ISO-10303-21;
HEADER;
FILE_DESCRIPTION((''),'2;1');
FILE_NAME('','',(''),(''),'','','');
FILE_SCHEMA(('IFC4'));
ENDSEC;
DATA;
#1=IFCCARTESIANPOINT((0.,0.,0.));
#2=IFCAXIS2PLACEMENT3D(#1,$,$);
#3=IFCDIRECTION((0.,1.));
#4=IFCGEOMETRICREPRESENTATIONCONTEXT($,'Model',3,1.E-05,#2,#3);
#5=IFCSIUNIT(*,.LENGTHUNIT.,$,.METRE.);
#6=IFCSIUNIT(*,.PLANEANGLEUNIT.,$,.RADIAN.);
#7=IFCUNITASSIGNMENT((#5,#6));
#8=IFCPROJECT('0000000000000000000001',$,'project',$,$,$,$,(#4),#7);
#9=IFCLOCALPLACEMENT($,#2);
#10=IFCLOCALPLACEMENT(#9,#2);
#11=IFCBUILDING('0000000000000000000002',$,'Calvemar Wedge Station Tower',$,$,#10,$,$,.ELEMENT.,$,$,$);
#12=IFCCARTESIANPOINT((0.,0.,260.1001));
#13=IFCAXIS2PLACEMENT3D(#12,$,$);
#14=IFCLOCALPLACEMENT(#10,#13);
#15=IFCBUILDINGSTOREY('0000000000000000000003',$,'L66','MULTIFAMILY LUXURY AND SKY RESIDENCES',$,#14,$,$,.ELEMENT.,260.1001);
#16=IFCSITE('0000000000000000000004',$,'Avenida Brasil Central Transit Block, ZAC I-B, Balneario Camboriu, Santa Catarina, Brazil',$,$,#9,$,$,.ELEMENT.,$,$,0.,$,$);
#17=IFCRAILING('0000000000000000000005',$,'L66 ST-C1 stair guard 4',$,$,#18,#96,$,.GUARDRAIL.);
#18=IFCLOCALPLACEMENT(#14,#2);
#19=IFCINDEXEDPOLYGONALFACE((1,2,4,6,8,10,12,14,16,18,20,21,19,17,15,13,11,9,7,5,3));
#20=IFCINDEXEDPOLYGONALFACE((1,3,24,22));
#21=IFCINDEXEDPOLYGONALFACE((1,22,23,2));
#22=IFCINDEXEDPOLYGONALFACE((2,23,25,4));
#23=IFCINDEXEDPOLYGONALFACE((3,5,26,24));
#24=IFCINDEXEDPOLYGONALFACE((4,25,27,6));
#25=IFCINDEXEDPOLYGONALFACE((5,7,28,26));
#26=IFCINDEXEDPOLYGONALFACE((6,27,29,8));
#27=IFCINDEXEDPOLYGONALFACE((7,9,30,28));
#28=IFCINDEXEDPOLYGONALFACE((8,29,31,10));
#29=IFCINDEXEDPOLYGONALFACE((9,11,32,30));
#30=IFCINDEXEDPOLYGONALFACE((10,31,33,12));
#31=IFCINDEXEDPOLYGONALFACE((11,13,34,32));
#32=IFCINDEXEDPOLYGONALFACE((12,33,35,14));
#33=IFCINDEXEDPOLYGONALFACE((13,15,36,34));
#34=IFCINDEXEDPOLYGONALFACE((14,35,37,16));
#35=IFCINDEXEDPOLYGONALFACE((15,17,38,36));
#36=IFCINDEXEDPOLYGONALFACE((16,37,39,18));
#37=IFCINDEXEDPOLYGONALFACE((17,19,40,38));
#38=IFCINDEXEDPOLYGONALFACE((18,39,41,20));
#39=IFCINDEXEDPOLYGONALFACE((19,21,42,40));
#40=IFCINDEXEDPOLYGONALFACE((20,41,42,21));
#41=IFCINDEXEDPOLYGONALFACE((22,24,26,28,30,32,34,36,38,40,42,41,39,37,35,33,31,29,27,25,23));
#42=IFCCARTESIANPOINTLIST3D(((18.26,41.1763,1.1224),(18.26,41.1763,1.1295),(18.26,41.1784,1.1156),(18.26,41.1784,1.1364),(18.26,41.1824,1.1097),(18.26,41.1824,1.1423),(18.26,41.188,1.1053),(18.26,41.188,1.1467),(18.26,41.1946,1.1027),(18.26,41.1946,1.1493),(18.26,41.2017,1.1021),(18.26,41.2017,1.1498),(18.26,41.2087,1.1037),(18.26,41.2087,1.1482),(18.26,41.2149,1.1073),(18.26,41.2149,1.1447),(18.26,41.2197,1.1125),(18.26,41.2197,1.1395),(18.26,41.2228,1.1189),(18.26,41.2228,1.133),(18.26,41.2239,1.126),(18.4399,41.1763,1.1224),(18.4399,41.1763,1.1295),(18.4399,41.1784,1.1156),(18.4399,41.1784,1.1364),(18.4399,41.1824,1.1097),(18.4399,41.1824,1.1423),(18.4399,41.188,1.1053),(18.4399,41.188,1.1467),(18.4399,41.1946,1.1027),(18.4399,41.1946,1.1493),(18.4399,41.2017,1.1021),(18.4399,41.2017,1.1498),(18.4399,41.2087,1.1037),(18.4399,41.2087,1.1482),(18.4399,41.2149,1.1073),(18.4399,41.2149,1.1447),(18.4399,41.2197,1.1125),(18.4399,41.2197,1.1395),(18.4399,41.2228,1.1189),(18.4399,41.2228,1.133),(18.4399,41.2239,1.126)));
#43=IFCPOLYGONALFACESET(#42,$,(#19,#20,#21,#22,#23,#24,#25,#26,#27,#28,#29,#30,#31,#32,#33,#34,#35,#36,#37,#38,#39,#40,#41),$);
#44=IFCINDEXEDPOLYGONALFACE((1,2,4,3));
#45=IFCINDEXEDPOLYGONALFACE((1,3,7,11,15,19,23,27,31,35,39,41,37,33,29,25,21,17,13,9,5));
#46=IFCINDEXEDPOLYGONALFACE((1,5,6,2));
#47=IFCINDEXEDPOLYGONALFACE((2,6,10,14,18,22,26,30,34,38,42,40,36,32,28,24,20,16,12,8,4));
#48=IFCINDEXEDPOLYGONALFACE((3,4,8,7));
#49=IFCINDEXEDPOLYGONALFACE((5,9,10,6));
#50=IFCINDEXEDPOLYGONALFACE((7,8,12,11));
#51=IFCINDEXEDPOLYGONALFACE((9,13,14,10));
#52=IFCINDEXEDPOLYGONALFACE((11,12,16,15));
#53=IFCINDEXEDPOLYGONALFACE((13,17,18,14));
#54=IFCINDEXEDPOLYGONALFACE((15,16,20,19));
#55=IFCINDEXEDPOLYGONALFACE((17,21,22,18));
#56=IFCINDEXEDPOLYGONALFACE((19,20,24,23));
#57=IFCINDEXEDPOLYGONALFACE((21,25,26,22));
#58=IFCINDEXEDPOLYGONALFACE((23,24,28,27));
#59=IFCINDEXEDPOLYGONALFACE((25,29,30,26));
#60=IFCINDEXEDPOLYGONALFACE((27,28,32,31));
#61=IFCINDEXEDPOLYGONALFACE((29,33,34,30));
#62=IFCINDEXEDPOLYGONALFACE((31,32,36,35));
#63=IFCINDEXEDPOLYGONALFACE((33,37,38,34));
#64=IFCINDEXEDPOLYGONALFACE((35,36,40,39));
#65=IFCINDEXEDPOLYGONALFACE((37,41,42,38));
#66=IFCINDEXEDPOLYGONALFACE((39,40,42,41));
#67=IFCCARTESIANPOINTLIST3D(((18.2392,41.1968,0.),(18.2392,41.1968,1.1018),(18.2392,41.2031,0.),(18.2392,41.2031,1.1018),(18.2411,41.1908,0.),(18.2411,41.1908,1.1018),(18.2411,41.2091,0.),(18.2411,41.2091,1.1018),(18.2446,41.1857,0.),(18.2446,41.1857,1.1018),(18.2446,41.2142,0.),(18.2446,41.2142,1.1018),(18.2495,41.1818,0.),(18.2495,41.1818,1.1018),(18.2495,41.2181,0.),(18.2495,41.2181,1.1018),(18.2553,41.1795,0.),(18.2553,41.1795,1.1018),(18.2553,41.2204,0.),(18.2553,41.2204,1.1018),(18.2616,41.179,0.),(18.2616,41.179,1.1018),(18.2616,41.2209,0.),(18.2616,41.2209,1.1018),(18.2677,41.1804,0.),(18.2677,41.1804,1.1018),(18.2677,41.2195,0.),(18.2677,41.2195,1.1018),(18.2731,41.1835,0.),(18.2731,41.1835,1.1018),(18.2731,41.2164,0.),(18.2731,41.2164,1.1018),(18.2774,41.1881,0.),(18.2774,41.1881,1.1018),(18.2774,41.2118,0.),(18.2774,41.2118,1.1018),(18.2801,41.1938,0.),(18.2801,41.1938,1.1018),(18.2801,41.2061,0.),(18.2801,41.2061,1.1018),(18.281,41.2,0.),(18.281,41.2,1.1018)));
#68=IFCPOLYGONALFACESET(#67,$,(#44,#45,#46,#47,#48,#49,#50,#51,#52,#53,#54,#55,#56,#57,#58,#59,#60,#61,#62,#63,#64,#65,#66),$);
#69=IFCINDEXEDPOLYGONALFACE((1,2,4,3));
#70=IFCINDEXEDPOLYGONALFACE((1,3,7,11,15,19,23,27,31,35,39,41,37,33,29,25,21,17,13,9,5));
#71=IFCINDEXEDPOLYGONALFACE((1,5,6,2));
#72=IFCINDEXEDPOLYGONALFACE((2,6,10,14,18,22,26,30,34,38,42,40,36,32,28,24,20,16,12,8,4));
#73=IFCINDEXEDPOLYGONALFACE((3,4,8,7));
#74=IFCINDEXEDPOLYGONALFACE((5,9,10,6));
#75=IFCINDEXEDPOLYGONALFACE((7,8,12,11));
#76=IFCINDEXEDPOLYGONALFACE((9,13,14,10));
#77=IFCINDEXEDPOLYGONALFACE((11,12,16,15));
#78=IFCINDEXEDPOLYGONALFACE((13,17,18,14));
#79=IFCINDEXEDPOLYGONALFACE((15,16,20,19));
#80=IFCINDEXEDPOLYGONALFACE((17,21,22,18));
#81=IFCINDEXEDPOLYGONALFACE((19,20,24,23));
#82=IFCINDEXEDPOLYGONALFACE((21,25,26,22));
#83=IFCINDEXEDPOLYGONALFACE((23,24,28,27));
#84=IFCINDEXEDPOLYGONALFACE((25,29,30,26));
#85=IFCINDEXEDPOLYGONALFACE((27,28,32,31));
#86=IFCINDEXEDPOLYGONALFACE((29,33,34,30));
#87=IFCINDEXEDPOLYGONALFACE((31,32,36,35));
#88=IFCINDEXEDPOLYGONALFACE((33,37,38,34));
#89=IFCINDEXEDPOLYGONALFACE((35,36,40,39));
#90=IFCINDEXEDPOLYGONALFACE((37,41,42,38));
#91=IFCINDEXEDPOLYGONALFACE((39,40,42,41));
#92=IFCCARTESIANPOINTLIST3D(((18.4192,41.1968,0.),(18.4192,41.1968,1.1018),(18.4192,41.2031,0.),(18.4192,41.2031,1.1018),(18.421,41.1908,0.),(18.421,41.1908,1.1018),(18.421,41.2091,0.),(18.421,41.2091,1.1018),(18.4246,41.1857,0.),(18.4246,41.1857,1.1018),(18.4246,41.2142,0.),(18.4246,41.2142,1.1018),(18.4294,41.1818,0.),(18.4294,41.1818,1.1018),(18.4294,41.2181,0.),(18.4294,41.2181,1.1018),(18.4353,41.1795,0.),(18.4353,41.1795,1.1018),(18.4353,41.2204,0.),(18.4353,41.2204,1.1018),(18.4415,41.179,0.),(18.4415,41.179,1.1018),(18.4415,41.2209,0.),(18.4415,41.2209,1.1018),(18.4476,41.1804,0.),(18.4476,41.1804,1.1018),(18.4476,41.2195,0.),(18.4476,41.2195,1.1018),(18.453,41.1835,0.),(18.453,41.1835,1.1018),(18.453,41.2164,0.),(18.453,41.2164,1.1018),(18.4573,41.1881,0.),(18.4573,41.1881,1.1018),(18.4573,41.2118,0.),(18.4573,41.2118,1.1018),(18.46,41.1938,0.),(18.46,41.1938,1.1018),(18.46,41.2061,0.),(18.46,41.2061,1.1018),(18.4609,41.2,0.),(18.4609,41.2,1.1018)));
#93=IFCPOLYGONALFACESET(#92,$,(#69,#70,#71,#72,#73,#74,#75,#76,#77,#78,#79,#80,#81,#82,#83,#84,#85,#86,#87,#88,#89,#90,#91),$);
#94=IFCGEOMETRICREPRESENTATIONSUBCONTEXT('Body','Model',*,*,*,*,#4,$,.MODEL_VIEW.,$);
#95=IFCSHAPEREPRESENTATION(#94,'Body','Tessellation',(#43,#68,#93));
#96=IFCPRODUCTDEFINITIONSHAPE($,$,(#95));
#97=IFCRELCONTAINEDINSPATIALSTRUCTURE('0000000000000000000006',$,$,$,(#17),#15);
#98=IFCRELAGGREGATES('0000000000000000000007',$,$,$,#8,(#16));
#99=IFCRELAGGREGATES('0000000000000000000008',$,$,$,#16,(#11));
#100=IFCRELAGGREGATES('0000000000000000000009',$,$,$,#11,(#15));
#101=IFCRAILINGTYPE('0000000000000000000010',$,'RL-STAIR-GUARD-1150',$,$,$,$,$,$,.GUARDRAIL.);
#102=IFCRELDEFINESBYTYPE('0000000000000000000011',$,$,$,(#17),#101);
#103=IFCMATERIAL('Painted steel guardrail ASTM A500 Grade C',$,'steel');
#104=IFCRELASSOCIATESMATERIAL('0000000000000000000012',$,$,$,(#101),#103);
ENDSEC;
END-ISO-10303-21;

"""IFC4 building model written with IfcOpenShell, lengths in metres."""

from ifc_helpers import new_model, si_unit, direction, frame, origin, origin_2d, place, context, subcontext, project, spatial, circle, extrude, material, type_object, element, save


model = new_model("IFC4")

# Units and contexts
model_context = context("Model", 3, precision=1e-05, world=origin(), true_north=direction((0.0, 1.0)))
body_context = subcontext(model_context, "Body", "Model", "MODEL_VIEW")
ifc_project = project(units=[si_unit("LENGTHUNIT", "METRE"), si_unit("PLANEANGLEUNIT", "RADIAN")], contexts=[model_context])

# Site, building, storey
site_placement = place(None, origin())
site = spatial("IfcSite", under=ifc_project, at=site_placement, Name="Avenida Brasil Central Transit Block, ZAC I-B, Balneario Camboriu, Santa Catarina, Brazil", CompositionType="ELEMENT", RefElevation=0.0)
building_placement = place(site_placement, origin())
building = spatial("IfcBuilding", under=site, at=building_placement, Name="Calvemar Wedge Station Tower", CompositionType="ELEMENT")
storey_placement = place(building_placement, frame((0.0, 0.0, 260.1001)))
storey = spatial("IfcBuildingStorey", under=building, at=storey_placement, Name="L66", Description="MULTIFAMILY LUXURY AND SKY RESIDENCES", CompositionType="ELEMENT", Elevation=260.1001)

# Railing
ifc_material_1 = material(Name="Painted steel guardrail ASTM A500 Grade C", Category="steel")
railing_type_1 = type_object("IfcRailingType", Name="RL-STAIR-GUARD-1150", PredefinedType="GUARDRAIL", material=ifc_material_1)
railing_1_placement = place(storey_placement, frame((18.26, 41.2, 0.0)))
element("IfcRailing", 1, at=railing_1_placement, inside=storey, type_object=railing_type_1, Name="L66 ST-C1 stair guard 4", PredefinedType="GUARDRAIL", context=body_context, shape_type="SweptSolid", body=[
    extrude(circle(Radius=0.0239, at=origin_2d()), frame((0.0, 0.0, 1.126), z_axis=(1.0, 0.0, 0.0), x_axis=(0.0, 1.0, 0.0)), (0.0, 0.0, 1.0), 0.1799),
    extrude(circle(Radius=0.021, at=origin_2d()), origin(), (0.0, 0.0, 1.0), 1.1018),
    extrude(circle(Radius=0.021, at=origin_2d()), frame((0.1799, 0.0, 0.0)), (0.0, 0.0, 1.0), 1.1018),
])

save(model, "model.ifc")
